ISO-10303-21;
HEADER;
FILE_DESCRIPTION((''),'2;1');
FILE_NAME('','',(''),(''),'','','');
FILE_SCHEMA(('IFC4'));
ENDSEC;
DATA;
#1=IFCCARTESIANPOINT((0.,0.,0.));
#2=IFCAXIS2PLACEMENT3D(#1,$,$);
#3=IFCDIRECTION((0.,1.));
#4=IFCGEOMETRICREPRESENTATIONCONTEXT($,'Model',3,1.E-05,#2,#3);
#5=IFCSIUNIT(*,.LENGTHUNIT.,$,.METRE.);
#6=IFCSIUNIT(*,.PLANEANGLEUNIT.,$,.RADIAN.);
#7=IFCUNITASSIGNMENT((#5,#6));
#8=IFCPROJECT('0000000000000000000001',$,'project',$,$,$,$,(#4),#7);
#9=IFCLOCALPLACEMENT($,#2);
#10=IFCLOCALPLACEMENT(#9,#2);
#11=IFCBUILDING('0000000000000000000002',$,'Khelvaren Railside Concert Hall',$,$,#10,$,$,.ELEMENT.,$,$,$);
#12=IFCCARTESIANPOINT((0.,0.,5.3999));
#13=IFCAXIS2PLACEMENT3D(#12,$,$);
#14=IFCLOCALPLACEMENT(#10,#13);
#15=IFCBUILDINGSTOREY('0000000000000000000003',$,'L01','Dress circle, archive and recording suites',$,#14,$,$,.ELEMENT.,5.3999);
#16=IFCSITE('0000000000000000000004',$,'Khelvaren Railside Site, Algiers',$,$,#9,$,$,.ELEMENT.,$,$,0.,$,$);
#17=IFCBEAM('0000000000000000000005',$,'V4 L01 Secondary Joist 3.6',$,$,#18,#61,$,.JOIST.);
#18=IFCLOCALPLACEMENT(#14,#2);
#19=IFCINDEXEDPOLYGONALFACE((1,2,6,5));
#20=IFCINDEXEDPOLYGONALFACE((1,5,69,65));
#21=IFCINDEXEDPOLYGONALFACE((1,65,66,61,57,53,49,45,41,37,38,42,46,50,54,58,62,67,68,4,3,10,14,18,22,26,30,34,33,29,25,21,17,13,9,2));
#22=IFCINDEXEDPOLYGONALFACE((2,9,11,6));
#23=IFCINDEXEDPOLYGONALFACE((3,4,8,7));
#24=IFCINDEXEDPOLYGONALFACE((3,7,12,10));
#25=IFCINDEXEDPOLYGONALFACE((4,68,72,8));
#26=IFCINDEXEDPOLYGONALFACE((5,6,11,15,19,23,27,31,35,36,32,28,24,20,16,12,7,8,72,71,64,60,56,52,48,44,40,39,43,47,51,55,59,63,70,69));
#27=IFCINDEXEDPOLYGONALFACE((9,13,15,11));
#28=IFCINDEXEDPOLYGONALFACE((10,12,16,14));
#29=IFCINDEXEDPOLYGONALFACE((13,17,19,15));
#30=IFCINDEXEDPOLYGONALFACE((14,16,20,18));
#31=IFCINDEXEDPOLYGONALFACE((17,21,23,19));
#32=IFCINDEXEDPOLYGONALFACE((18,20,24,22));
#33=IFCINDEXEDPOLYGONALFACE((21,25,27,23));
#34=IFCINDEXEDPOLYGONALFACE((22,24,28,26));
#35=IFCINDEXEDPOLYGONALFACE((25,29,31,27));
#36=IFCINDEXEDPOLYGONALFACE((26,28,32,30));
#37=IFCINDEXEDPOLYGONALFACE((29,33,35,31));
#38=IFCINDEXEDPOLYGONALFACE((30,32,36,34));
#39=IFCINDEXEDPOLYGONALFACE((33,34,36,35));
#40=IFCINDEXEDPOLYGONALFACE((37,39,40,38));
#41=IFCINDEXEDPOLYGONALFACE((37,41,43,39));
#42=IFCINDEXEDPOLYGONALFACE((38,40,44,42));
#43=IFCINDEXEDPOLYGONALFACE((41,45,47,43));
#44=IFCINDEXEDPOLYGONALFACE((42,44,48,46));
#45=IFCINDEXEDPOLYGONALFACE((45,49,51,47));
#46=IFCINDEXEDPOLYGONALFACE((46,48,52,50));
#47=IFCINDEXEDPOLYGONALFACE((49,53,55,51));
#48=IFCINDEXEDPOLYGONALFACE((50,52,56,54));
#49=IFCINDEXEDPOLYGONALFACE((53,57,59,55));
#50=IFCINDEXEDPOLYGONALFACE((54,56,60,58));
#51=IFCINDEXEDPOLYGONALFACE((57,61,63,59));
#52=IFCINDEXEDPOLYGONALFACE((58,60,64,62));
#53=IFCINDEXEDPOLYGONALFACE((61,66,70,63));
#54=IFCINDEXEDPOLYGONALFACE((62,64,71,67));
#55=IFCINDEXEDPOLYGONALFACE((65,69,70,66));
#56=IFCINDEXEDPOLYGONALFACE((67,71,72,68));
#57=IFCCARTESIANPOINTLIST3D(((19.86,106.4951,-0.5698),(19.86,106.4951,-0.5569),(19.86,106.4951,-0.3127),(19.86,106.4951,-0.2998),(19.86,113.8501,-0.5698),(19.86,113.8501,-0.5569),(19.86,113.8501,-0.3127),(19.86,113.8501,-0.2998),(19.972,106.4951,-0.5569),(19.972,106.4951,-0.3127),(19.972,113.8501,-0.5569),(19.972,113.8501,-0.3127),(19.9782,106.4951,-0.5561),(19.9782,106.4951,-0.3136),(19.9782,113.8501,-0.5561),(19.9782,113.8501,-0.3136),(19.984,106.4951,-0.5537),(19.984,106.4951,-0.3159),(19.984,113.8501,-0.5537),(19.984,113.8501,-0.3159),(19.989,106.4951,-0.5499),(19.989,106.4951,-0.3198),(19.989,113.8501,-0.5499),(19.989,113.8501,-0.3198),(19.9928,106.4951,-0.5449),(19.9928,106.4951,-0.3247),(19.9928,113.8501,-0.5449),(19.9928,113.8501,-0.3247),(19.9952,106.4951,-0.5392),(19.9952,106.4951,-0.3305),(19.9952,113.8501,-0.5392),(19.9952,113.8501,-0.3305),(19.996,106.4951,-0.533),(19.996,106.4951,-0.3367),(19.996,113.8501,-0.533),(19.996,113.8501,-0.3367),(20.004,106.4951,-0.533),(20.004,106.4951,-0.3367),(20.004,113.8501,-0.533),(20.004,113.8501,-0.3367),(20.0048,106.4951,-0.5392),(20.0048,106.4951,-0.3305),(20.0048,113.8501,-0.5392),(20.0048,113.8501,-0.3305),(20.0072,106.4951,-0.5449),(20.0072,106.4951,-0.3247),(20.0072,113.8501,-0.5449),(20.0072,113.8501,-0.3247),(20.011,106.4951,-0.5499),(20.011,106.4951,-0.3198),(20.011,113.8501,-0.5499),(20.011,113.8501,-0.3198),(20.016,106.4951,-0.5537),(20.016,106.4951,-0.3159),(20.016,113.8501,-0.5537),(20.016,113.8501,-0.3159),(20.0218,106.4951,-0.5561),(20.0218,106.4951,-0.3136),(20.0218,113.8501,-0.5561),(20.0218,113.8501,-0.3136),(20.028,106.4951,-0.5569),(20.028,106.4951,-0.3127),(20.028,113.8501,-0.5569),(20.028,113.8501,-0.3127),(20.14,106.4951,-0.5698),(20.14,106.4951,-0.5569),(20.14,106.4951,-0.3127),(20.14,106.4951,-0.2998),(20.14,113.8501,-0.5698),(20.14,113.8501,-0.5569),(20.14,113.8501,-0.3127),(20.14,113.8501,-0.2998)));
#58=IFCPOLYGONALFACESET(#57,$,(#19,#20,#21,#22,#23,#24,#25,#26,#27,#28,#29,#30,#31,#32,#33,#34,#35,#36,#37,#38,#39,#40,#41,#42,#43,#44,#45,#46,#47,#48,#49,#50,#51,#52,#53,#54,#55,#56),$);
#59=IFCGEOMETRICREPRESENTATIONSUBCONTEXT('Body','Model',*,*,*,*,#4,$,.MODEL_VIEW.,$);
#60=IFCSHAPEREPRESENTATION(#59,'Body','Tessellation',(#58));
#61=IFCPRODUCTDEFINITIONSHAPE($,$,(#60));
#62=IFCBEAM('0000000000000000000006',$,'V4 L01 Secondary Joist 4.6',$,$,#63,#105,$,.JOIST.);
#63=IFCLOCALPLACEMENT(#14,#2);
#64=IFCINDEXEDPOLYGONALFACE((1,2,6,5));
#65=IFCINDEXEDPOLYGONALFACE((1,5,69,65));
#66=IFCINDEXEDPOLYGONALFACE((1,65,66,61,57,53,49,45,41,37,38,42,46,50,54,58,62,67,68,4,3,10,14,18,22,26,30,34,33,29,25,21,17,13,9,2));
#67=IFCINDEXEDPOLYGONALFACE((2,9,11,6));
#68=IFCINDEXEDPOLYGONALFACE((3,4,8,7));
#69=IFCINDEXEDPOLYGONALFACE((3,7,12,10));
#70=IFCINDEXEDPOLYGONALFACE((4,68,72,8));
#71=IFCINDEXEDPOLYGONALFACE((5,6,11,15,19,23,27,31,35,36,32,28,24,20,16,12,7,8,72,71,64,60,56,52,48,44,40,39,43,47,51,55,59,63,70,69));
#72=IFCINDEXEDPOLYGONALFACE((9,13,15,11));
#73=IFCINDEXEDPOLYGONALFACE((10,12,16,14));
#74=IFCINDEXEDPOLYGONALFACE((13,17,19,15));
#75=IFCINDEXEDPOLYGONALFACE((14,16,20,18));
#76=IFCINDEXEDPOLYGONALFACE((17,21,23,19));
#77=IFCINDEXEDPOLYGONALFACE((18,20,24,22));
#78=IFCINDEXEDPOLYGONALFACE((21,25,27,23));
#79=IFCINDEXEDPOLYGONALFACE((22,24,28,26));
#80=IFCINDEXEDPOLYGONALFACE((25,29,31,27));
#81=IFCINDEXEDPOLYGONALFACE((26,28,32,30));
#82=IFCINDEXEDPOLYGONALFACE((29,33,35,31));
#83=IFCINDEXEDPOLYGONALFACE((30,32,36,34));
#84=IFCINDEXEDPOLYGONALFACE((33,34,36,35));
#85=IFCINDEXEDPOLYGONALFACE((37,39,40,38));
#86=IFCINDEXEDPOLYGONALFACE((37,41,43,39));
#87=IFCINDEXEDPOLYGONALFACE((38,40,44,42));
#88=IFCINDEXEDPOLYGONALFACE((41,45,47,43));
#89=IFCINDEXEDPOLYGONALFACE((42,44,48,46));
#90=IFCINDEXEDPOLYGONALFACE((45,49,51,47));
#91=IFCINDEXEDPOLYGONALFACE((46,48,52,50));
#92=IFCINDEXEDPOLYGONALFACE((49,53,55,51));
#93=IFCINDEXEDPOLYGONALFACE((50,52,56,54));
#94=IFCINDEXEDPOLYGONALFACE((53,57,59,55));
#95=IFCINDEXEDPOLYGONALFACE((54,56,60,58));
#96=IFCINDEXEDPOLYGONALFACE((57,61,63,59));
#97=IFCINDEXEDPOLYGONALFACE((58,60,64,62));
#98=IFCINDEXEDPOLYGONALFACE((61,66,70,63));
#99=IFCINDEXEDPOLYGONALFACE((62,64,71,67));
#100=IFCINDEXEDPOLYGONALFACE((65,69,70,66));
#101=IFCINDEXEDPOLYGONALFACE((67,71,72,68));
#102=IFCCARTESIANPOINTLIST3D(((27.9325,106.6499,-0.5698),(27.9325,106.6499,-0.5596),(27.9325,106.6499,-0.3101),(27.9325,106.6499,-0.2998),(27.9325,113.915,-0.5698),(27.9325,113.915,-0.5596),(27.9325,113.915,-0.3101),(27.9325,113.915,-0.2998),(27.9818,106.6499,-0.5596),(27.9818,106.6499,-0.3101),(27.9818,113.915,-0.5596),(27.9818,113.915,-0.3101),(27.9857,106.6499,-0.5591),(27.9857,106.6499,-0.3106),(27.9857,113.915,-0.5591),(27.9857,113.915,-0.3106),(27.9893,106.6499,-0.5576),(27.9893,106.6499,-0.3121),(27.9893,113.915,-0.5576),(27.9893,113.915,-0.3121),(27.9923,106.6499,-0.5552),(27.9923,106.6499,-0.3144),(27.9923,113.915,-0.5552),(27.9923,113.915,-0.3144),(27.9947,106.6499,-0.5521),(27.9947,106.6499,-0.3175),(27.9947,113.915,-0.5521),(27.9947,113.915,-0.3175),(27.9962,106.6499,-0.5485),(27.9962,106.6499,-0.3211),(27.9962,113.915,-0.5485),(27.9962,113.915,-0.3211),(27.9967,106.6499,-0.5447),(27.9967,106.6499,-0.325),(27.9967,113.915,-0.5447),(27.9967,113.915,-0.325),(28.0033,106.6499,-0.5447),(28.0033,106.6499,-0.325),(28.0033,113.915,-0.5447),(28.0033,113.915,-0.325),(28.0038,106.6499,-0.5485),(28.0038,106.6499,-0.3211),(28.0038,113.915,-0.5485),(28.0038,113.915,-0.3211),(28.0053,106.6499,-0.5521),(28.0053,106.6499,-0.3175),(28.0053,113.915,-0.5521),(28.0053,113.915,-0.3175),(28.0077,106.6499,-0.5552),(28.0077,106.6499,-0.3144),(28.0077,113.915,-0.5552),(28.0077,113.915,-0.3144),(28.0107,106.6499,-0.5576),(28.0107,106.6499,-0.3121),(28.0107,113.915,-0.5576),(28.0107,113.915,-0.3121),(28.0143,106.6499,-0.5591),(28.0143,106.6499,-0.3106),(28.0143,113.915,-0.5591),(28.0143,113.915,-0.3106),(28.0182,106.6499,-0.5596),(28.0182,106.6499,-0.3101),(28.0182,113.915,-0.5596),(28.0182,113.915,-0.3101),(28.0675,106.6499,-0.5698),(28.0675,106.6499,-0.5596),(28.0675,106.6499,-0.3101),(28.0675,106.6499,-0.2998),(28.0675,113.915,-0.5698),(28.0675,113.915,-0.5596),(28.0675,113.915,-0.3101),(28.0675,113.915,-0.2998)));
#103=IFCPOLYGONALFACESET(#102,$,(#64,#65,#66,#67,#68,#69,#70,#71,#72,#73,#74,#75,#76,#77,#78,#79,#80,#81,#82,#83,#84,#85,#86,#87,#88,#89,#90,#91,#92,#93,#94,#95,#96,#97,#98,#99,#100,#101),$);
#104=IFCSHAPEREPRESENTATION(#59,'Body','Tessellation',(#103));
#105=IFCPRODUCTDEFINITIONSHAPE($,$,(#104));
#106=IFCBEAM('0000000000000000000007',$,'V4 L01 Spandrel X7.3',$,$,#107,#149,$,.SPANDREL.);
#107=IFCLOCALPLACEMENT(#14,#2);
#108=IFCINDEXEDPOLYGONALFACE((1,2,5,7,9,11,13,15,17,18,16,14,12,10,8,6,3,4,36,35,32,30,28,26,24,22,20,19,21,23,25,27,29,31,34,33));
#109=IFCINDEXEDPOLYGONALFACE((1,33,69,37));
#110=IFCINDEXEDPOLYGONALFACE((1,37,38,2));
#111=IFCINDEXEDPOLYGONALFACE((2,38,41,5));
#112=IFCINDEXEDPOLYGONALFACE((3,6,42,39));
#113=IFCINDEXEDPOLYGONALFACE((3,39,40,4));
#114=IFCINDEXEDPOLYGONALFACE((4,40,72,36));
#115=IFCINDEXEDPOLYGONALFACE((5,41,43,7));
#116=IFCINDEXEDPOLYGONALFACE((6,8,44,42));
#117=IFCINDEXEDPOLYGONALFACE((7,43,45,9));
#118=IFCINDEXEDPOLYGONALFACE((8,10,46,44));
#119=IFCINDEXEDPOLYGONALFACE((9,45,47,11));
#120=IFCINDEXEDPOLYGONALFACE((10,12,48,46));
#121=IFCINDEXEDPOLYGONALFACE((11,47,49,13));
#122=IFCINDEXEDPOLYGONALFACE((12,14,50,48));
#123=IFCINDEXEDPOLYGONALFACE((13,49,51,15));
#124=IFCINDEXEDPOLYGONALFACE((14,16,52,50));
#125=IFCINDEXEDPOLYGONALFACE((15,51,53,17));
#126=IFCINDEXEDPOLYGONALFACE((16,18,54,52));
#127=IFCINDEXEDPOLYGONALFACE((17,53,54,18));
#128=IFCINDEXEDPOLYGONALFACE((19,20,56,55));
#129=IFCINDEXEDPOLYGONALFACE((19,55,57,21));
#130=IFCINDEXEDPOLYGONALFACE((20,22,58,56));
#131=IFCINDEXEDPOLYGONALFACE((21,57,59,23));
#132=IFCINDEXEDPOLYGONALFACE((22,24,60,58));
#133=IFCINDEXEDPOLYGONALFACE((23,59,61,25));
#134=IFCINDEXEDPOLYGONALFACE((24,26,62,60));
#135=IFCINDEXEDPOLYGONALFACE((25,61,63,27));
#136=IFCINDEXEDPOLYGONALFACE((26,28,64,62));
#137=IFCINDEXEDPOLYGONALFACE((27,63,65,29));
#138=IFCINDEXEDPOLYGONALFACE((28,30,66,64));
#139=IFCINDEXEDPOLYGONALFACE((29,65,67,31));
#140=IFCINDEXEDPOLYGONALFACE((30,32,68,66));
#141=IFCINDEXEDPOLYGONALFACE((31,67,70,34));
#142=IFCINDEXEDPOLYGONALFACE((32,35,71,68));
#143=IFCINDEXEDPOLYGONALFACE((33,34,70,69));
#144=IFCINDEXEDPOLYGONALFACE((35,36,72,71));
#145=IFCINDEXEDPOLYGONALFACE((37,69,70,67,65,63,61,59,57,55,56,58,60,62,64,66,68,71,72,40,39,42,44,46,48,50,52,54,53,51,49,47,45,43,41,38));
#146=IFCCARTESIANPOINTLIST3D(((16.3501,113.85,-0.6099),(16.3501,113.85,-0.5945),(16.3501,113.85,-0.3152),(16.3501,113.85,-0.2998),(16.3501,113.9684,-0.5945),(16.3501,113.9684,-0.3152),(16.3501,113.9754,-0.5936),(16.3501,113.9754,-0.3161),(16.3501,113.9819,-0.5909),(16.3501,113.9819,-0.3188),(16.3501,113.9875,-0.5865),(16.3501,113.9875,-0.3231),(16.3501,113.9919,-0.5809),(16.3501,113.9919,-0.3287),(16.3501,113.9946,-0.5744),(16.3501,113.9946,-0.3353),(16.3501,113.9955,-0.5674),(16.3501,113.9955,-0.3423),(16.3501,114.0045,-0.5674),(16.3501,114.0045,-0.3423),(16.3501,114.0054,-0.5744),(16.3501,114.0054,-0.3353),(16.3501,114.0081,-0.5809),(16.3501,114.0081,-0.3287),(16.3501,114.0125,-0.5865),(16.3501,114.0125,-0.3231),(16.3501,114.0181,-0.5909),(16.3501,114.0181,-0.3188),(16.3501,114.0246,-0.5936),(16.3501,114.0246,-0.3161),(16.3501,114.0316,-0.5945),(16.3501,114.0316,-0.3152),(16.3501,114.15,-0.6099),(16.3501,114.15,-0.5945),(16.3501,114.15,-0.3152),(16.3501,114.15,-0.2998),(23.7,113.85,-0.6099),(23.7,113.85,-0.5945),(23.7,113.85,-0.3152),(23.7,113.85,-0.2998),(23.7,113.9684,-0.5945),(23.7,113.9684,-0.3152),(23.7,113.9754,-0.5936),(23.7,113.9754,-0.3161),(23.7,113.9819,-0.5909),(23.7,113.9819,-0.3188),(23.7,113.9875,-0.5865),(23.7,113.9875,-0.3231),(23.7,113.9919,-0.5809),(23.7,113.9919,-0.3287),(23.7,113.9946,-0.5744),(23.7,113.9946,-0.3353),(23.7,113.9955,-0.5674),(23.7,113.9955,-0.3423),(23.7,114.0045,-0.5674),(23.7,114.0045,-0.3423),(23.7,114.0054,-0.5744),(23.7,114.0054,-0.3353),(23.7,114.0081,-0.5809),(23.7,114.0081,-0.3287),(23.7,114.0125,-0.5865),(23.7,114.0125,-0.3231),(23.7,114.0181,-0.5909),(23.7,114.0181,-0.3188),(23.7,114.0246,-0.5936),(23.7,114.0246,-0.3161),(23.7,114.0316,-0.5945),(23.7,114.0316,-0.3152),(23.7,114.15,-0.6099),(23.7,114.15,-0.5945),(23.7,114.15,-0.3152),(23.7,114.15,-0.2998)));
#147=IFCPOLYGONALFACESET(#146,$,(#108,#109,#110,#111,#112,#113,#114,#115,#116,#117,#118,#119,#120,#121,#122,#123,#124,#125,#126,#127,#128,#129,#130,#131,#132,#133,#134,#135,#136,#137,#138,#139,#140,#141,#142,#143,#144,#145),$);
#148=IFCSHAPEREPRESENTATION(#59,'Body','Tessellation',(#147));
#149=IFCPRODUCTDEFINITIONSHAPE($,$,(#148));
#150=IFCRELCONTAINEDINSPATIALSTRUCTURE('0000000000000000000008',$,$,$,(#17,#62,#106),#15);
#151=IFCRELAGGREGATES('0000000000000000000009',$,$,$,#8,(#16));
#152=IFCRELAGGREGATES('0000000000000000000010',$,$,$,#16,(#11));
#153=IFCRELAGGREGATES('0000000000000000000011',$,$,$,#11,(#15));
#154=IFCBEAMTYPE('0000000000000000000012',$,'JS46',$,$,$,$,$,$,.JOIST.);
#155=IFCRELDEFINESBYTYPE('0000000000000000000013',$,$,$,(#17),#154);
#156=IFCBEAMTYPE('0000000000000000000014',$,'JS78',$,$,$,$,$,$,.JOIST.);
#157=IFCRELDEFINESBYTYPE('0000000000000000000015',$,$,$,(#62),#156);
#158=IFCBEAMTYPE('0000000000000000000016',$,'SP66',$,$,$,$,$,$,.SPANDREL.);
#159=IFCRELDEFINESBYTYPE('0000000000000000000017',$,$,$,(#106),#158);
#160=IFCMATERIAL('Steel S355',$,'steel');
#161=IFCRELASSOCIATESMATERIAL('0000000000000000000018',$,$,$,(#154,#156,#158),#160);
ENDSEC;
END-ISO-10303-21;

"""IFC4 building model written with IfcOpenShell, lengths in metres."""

from ifc_helpers import new_model, si_unit, direction, frame, origin, origin_2d, place, context, subcontext, project, spatial, i_section, extrude, material, material_profile, profile_set, type_object, element, save


model = new_model("IFC4")

# Units and contexts
model_context = context("Model", 3, precision=1e-05, world=origin(), true_north=direction((0.0, 1.0)))
body_context = subcontext(model_context, "Body", "Model", "MODEL_VIEW")
ifc_project = project(units=[si_unit("LENGTHUNIT", "METRE"), si_unit("PLANEANGLEUNIT", "RADIAN")], contexts=[model_context])

# Site, building, storey
site_placement = place(None, origin())
site = spatial("IfcSite", under=ifc_project, at=site_placement, Name="Khelvaren Railside Site, Algiers", CompositionType="ELEMENT", RefElevation=0.0)
building_placement = place(site_placement, origin())
building = spatial("IfcBuilding", under=site, at=building_placement, Name="Khelvaren Railside Concert Hall", CompositionType="ELEMENT")
storey_placement = place(building_placement, frame((0.0, 0.0, 5.3999)))
storey = spatial("IfcBuildingStorey", under=building, at=storey_placement, Name="L01", Description="Dress circle, archive and recording suites", CompositionType="ELEMENT", Elevation=5.3999)

# Beams
ifc_material_1 = material(Name="Steel S355", Category="steel")
ifc_material_profile_1 = material_profile(ifc_material_1, i_section(OverallWidth=0.28, OverallDepth=0.27, WebThickness=0.0081, FlangeThickness=0.0129, FilletRadius=0.0239, at=origin_2d()), Name="HEA 280")
ifc_profile_set_1 = profile_set([ifc_material_profile_1], Name="Steel S355")
beam_type_1 = type_object("IfcBeamType", Name="JS46", PredefinedType="JOIST", material=ifc_profile_set_1)
beam_1_placement = place(storey_placement, frame((20.0, 106.4951, -0.4348), z_axis=(0.0, 1.0, 0.0), x_axis=(-1.0, 0.0, 0.0)))
element("IfcBeam", 1, at=beam_1_placement, inside=storey, type_object=beam_type_1, Name="V4 L01 Secondary Joist 3.6", PredefinedType="JOIST", context=body_context, shape_type="SweptSolid", body=[
    extrude(i_section(OverallWidth=0.28, OverallDepth=0.27, WebThickness=0.0081, FlangeThickness=0.0129, FilletRadius=0.0239, at=origin_2d()), origin(), (0.0, 0.0, 1.0), 7.355),
])
ifc_material_profile_2 = material_profile(ifc_material_1, i_section(OverallWidth=0.135, OverallDepth=0.27, WebThickness=0.0066, FlangeThickness=0.0103, FilletRadius=0.0149, at=origin_2d()), Name="IPE 270")
ifc_profile_set_2 = profile_set([ifc_material_profile_2], Name="Steel S355")
beam_type_2 = type_object("IfcBeamType", Name="JS78", PredefinedType="JOIST", material=ifc_profile_set_2)
beam_2_placement = place(storey_placement, frame((28.0, 106.6499, -0.4348), z_axis=(0.0, 1.0, 0.0), x_axis=(-1.0, 0.0, 0.0)))
element("IfcBeam", 2, at=beam_2_placement, inside=storey, type_object=beam_type_2, Name="V4 L01 Secondary Joist 4.6", PredefinedType="JOIST", context=body_context, shape_type="SweptSolid", body=[
    extrude(i_section(OverallWidth=0.135, OverallDepth=0.27, WebThickness=0.0066, FlangeThickness=0.0103, FilletRadius=0.0149, at=origin_2d()), origin(), (0.0, 0.0, 1.0), 7.2651),
])
ifc_material_profile_3 = material_profile(ifc_material_1, i_section(OverallWidth=0.3, OverallDepth=0.3101, WebThickness=0.009, FlangeThickness=0.0154, FilletRadius=0.0271, at=origin_2d()), Name="HEA 320")
ifc_profile_set_3 = profile_set([ifc_material_profile_3], Name="Steel S355")
beam_type_3 = type_object("IfcBeamType", Name="SP66", PredefinedType="SPANDREL", material=ifc_profile_set_3)
beam_3_placement = place(storey_placement, frame((16.3501, 114.0, -0.4548), z_axis=(1.0, 0.0, 0.0), x_axis=(0.0, 1.0, 0.0)))
element("IfcBeam", 3, at=beam_3_placement, inside=storey, type_object=beam_type_3, Name="V4 L01 Spandrel X7.3", PredefinedType="SPANDREL", context=body_context, shape_type="SweptSolid", body=[
    extrude(i_section(OverallWidth=0.3, OverallDepth=0.3101, WebThickness=0.009, FlangeThickness=0.0154, FilletRadius=0.0271, at=origin_2d()), origin(), (0.0, 0.0, 1.0), 7.3499),
])

save(model, "model.ifc")
